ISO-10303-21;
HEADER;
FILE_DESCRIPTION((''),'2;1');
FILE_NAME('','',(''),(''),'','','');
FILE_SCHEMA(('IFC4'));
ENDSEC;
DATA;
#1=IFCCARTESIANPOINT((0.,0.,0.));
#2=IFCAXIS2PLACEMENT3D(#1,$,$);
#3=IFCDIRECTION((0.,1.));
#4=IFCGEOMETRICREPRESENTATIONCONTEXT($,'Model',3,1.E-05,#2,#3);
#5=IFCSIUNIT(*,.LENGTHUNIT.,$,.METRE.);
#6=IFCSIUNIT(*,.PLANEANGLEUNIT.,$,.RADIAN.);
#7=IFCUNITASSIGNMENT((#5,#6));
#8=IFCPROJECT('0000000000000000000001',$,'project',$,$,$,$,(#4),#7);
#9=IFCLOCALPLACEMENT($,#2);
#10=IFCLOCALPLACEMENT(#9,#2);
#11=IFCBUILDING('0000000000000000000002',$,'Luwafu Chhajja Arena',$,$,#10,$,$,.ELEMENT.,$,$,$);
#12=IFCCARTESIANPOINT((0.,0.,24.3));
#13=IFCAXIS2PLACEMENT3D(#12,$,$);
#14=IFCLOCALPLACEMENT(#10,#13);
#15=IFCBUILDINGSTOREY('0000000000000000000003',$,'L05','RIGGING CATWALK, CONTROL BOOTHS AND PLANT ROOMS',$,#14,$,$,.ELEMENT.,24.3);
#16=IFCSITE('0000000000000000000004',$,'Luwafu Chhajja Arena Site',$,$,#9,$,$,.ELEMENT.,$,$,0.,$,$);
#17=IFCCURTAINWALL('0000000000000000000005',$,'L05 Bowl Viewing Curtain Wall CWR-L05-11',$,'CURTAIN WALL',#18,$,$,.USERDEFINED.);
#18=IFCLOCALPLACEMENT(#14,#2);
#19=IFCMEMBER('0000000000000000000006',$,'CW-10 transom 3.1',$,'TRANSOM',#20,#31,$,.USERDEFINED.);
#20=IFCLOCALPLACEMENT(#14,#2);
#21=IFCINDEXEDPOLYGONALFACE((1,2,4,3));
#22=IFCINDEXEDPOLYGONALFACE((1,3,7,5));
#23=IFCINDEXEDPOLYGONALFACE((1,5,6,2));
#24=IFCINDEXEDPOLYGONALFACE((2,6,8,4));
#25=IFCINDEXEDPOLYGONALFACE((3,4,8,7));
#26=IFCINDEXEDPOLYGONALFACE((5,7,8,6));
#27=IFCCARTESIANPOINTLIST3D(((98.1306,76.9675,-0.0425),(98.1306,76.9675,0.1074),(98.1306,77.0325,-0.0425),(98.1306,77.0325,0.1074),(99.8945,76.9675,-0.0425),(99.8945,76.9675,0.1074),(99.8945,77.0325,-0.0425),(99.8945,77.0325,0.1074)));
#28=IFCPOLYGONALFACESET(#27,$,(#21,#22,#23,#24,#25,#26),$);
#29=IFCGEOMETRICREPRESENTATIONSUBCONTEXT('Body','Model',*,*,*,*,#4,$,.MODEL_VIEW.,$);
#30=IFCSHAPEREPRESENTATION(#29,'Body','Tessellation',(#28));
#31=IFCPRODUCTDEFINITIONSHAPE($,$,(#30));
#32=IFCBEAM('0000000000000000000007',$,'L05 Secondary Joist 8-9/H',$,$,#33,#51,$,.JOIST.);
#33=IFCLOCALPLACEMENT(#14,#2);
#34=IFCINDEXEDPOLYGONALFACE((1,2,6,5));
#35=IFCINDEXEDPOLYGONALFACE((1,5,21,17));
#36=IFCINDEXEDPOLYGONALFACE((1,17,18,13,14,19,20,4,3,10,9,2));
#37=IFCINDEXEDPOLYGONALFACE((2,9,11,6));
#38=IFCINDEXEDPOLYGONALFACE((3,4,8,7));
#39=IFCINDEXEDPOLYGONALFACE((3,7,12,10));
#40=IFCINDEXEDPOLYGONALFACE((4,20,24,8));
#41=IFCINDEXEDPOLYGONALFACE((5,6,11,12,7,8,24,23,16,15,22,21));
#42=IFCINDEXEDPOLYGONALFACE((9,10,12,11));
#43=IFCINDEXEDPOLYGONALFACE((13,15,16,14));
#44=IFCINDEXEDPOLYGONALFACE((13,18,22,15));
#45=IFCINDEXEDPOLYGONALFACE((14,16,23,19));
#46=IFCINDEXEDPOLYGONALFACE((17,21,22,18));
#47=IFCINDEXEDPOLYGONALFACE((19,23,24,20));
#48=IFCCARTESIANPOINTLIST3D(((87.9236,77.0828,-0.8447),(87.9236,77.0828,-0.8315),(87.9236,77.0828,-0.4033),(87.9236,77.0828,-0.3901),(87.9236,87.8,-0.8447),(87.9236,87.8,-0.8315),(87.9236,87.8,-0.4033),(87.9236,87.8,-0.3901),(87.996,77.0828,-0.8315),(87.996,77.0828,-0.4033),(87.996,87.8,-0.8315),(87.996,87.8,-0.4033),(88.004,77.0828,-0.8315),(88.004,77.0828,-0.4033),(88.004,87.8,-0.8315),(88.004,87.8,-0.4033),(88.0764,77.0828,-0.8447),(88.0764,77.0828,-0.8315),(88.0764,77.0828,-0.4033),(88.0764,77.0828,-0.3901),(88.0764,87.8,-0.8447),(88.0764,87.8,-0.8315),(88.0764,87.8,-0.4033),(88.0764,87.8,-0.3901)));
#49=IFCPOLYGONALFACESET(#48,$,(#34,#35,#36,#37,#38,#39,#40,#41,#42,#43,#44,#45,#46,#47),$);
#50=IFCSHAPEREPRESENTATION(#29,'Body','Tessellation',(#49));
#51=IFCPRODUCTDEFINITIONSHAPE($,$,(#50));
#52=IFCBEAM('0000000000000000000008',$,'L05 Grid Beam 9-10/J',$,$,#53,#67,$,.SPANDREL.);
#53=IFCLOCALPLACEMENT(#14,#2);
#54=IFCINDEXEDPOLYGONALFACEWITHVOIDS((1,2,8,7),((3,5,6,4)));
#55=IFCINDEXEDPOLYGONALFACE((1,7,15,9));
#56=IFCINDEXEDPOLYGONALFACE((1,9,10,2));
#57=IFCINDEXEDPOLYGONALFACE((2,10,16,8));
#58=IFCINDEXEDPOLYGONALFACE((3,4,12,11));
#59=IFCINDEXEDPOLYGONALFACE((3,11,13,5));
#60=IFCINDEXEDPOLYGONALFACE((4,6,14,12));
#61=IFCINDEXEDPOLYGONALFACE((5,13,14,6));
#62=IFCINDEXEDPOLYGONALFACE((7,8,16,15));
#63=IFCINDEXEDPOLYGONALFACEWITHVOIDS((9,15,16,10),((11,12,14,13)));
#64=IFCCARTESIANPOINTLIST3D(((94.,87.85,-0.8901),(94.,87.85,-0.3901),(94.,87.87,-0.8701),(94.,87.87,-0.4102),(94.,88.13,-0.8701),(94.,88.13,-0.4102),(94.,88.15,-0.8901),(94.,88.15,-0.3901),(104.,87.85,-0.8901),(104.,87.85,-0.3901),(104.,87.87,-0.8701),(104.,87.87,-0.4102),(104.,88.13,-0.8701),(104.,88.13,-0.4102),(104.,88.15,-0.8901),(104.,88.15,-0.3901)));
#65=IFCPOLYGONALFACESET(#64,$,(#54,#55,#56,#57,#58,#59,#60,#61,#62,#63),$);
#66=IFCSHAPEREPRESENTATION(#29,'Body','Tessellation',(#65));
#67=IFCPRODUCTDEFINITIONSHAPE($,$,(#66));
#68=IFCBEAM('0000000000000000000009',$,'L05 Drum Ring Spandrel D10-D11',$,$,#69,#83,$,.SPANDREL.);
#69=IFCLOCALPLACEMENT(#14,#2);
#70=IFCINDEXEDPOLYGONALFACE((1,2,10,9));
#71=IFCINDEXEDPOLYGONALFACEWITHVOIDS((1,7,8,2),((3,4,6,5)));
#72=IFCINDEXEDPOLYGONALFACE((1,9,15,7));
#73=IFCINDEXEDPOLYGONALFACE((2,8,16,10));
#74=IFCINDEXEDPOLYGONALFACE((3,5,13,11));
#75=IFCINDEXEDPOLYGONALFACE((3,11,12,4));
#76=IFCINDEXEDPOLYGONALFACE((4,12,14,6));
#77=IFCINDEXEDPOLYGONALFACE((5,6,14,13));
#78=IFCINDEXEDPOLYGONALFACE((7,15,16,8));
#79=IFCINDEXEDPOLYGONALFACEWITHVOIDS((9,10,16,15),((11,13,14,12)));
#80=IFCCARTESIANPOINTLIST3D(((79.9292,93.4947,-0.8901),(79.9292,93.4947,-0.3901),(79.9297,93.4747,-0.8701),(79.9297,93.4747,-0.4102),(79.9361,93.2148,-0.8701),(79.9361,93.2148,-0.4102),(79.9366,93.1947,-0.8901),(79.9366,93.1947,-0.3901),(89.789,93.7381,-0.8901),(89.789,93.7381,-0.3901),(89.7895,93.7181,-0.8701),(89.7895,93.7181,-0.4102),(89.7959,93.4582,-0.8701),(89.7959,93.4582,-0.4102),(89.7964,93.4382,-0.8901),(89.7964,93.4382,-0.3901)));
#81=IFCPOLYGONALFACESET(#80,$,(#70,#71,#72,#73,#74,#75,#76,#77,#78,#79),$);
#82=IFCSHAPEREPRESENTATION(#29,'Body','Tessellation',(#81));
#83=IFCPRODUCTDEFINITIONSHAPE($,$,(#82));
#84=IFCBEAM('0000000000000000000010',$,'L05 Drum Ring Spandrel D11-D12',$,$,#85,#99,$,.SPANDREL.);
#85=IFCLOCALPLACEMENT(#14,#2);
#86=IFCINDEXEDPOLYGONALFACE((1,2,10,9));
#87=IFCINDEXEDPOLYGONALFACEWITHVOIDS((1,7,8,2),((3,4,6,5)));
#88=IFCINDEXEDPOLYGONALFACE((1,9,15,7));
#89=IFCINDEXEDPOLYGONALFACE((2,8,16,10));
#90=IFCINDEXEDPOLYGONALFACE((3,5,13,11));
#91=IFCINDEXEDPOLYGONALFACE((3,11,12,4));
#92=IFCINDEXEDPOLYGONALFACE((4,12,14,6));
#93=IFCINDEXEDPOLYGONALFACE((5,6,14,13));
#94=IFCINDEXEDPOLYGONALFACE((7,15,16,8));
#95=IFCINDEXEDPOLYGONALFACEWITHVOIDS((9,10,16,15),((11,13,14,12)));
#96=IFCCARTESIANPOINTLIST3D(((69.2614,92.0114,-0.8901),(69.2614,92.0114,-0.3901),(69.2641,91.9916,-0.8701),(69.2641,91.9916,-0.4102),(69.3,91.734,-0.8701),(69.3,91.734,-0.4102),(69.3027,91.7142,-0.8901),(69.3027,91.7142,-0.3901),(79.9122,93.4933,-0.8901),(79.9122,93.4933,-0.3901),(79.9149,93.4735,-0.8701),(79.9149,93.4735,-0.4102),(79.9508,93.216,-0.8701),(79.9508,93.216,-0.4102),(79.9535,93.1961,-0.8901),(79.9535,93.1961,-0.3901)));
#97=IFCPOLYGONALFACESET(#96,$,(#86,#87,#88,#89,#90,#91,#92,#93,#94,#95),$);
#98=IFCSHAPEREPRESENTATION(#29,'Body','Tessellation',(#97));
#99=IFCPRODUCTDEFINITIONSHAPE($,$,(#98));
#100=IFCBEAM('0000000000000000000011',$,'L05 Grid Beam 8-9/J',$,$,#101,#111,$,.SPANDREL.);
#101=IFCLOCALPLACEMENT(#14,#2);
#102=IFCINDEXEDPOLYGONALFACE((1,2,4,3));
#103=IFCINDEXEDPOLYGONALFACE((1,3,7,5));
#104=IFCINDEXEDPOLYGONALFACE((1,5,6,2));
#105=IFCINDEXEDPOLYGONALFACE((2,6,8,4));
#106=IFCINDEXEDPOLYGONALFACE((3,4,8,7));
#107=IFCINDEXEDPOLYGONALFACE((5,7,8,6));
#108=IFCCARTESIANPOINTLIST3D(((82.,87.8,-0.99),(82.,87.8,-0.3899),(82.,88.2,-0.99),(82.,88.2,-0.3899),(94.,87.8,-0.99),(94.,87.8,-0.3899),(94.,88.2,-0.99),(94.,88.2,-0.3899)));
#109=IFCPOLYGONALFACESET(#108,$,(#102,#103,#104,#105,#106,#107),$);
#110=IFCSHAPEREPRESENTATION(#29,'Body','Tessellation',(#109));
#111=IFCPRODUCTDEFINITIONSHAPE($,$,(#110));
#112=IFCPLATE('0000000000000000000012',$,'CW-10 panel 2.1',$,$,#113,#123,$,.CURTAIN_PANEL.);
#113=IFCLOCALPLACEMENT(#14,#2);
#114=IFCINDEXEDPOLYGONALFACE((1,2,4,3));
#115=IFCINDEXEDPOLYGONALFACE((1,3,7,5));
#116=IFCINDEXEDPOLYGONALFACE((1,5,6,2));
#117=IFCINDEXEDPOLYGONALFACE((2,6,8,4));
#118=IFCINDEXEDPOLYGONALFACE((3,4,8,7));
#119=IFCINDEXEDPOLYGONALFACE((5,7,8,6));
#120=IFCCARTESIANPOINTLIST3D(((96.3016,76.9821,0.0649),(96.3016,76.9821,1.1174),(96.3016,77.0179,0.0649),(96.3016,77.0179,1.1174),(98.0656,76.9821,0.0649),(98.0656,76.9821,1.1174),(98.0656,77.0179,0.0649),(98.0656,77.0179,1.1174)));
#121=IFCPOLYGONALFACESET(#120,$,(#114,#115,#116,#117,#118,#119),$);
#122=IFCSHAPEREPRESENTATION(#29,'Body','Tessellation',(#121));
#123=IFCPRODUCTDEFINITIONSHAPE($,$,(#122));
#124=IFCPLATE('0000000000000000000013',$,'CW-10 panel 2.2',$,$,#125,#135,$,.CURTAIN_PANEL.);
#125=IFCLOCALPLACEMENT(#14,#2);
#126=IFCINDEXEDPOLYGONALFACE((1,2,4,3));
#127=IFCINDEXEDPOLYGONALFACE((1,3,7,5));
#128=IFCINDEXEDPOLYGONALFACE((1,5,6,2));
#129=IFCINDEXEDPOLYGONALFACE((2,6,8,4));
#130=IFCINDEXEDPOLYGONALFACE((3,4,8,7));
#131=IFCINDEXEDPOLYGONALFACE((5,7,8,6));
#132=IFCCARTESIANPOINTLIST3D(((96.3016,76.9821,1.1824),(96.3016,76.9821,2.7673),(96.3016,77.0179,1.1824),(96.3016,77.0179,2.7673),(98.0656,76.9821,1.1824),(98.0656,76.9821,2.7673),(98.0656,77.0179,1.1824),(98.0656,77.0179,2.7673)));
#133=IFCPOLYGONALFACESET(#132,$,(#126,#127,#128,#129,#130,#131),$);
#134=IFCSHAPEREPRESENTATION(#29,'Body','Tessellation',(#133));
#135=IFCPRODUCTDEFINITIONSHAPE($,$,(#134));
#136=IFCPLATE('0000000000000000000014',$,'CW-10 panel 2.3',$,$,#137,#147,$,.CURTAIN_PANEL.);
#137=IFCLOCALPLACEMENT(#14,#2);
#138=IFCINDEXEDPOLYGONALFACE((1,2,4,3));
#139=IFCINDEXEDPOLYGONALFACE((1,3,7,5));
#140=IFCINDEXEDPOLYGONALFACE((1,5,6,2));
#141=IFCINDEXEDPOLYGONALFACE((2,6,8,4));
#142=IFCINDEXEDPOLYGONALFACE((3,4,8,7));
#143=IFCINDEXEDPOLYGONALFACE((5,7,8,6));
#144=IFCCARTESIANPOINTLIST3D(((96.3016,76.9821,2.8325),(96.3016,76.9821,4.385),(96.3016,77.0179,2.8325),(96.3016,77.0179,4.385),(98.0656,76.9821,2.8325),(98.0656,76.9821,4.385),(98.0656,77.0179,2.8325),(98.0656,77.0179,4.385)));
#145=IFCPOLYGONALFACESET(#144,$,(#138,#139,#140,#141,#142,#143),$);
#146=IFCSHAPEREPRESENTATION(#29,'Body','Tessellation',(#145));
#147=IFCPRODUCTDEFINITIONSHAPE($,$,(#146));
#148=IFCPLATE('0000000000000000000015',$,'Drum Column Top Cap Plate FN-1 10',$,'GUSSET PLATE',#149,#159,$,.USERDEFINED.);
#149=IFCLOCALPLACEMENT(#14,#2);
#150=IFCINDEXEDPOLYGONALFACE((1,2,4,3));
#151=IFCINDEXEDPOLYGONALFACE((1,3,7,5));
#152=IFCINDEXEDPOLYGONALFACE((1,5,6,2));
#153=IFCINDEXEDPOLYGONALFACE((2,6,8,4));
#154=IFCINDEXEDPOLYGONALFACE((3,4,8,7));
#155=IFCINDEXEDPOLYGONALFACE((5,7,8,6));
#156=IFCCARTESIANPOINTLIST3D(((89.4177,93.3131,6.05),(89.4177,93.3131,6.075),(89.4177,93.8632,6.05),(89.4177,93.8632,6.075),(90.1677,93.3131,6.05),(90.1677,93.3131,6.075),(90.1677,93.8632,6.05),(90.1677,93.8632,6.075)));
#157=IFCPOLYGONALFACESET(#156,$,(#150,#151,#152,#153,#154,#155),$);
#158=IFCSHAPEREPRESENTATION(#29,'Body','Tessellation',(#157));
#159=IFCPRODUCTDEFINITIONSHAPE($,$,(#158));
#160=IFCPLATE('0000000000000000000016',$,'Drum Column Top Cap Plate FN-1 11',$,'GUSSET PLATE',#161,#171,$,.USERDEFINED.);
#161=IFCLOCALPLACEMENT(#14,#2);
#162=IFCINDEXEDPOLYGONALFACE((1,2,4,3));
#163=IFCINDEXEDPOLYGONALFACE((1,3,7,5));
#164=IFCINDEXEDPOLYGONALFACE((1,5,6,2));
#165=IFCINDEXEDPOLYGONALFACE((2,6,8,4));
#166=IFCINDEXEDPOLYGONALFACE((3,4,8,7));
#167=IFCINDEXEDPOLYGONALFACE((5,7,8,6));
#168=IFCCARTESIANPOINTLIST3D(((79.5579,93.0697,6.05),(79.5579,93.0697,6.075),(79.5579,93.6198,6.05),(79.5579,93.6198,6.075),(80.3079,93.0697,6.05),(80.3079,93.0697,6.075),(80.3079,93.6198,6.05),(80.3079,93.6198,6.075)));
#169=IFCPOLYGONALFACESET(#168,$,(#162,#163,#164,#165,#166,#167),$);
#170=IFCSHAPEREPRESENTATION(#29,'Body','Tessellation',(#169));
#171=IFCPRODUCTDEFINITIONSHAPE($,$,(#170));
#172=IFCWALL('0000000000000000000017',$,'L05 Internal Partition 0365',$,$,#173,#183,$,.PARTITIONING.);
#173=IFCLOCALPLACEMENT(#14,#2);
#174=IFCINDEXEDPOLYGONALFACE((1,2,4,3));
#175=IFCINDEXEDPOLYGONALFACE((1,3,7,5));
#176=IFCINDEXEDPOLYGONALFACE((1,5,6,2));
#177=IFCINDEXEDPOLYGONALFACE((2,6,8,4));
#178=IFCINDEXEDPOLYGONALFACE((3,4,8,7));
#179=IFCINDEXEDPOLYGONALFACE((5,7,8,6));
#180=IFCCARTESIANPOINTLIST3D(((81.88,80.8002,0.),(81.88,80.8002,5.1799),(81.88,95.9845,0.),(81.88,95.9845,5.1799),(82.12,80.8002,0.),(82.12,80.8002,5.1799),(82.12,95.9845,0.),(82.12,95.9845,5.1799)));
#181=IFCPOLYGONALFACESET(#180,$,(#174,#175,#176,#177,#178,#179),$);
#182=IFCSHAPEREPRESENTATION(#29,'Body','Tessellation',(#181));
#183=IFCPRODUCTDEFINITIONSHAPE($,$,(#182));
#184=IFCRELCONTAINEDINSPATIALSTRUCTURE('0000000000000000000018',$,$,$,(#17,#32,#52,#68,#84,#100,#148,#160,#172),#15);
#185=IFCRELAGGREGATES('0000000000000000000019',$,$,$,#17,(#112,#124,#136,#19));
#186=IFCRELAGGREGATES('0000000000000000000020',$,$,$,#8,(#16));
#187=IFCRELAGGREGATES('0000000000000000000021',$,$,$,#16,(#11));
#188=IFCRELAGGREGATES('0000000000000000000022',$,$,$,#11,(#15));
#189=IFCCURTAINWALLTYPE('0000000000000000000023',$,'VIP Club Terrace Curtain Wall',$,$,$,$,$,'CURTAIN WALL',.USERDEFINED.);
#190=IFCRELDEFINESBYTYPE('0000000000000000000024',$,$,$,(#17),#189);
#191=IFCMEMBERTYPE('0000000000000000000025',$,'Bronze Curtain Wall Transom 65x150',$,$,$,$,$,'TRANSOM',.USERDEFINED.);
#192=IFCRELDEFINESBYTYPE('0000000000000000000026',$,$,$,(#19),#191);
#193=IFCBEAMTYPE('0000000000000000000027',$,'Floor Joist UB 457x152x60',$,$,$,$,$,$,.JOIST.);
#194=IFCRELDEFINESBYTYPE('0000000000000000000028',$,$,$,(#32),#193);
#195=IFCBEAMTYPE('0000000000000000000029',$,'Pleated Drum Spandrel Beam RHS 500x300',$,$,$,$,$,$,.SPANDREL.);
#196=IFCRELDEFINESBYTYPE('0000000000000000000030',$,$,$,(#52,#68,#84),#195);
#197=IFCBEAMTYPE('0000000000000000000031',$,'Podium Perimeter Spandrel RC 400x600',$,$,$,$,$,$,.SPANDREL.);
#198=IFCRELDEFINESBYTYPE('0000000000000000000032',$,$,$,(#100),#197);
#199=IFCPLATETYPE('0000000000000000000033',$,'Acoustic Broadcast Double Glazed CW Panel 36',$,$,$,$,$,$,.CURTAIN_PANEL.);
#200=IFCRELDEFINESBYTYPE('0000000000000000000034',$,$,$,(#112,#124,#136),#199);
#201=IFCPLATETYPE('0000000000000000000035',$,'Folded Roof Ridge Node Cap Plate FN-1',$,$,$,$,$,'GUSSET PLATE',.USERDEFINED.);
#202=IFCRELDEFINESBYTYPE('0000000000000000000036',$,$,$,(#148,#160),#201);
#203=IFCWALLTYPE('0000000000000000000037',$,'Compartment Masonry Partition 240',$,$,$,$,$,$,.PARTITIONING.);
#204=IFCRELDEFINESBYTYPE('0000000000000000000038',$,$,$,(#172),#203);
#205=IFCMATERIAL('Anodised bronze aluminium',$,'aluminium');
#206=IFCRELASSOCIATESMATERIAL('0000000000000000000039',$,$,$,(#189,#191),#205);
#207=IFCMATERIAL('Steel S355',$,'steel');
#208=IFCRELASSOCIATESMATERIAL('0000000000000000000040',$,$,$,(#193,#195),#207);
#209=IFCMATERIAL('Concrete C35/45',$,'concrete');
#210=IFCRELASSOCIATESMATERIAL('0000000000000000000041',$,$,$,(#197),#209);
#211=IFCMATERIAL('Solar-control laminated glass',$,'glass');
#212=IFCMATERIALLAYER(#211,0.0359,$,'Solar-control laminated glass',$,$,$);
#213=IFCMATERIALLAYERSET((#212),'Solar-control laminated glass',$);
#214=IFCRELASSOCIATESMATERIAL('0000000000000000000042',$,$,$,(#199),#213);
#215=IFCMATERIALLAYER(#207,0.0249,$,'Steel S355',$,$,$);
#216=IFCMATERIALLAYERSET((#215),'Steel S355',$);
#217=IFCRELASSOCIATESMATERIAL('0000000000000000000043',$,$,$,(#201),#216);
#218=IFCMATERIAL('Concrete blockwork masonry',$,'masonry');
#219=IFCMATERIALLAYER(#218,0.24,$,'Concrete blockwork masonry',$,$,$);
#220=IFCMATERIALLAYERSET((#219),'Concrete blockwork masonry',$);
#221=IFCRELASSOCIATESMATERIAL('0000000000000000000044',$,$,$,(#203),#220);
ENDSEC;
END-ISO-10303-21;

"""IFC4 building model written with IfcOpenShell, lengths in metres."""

from ifc_helpers import new_model, si_unit, direction, frame, frame_2d, origin, origin_2d, place, context, subcontext, project, spatial, rectangle, hollow_rectangle, i_section, extrude, material, layer, layer_set, material_profile, profile_set, type_object, element, aggregate, save


model = new_model("IFC4")

# Units and contexts
model_context = context("Model", 3, precision=1e-05, world=origin(), true_north=direction((0.0, 1.0)))
body_context = subcontext(model_context, "Body", "Model", "MODEL_VIEW")
ifc_project = project(units=[si_unit("LENGTHUNIT", "METRE"), si_unit("PLANEANGLEUNIT", "RADIAN")], contexts=[model_context])

# Site, building, storey
site_placement = place(None, origin())
site = spatial("IfcSite", under=ifc_project, at=site_placement, Name="Luwafu Chhajja Arena Site", CompositionType="ELEMENT", RefElevation=0.0)
building_placement = place(site_placement, origin())
building = spatial("IfcBuilding", under=site, at=building_placement, Name="Luwafu Chhajja Arena", CompositionType="ELEMENT")
storey_placement = place(building_placement, frame((0.0, 0.0, 24.3)))
storey = spatial("IfcBuildingStorey", under=building, at=storey_placement, Name="L05", Description="RIGGING CATWALK, CONTROL BOOTHS AND PLANT ROOMS", CompositionType="ELEMENT", Elevation=24.3)

# Shared definitions
ifc_material_1 = material(Name="Concrete C35/45", Category="concrete")
ifc_material_2 = material(Name="Steel S355", Category="steel")

# Curtain wall, member
ifc_material_3 = material(Name="Anodised bronze aluminium", Category="aluminium")
curtain_wall_type = type_object("IfcCurtainWallType", Name="VIP Club Terrace Curtain Wall", ElementType="CURTAIN WALL", PredefinedType="USERDEFINED", material=ifc_material_3)
curtain_wall_placement = place(storey_placement, origin())
curtain_wall = element("IfcCurtainWall", 1, at=curtain_wall_placement, inside=storey, type_object=curtain_wall_type, Name="L05 Bowl Viewing Curtain Wall CWR-L05-11", ObjectType="CURTAIN WALL", PredefinedType="USERDEFINED")
ifc_material_profile_1 = material_profile(ifc_material_3, rectangle(XDim=0.0649, YDim=0.1499, at=origin_2d()), Name="CWT 65x150")
ifc_profile_set_1 = profile_set([ifc_material_profile_1], Name="Anodised bronze aluminium")
member_type_1 = type_object("IfcMemberType", Name="Bronze Curtain Wall Transom 65x150", ElementType="TRANSOM", PredefinedType="USERDEFINED", material=ifc_profile_set_1)
member_1_placement = place(storey_placement, frame((98.1306, 77.0, 0.0325), z_axis=(1.0, 0.0, 0.0), x_axis=(0.0, 1.0, 0.0)))
member_1 = element("IfcMember", 2, at=member_1_placement, type_object=member_type_1, Name="CW-10 transom 3.1", ObjectType="TRANSOM", PredefinedType="USERDEFINED", context=body_context, shape_type="SweptSolid", body=[
    extrude(rectangle(XDim=0.0649, YDim=0.1499, at=origin_2d()), origin(), (0.0, 0.0, 1.0), 1.7639),
])

# Beams
ifc_material_profile_2 = material_profile(ifc_material_2, i_section(OverallWidth=0.1528, OverallDepth=0.4546, WebThickness=0.0081, FlangeThickness=0.0132, at=origin_2d()), Name="UB 457x152x60")
ifc_profile_set_2 = profile_set([ifc_material_profile_2], Name="Steel S355")
beam_type_1 = type_object("IfcBeamType", Name="Floor Joist UB 457x152x60", PredefinedType="JOIST", material=ifc_profile_set_2)
beam_1_placement = place(storey_placement, frame((88.0, 77.0828, -0.6174), z_axis=(0.0, 1.0, 0.0), x_axis=(-1.0, 0.0, 0.0)))
element("IfcBeam", 3, at=beam_1_placement, inside=storey, type_object=beam_type_1, Name="L05 Secondary Joist 8-9/H", PredefinedType="JOIST", context=body_context, shape_type="SweptSolid", body=[
    extrude(i_section(OverallWidth=0.1528, OverallDepth=0.4546, WebThickness=0.0081, FlangeThickness=0.0132, at=origin_2d()), origin(), (0.0, 0.0, 1.0), 10.7173),
])
ifc_material_profile_3 = material_profile(ifc_material_2, hollow_rectangle(XDim=0.3, YDim=0.5, WallThickness=0.02, at=origin_2d()), Name="RHS 500x300x20")
ifc_profile_set_3 = profile_set([ifc_material_profile_3], Name="Steel S355")
beam_type_2 = type_object("IfcBeamType", Name="Pleated Drum Spandrel Beam RHS 500x300", PredefinedType="SPANDREL", material=ifc_profile_set_3)
beam_2_placement = place(storey_placement, frame((94.0, 88.0, -0.6401), z_axis=(1.0, 0.0, 0.0), x_axis=(0.0, 1.0, 0.0)))
element("IfcBeam", 4, at=beam_2_placement, inside=storey, type_object=beam_type_2, Name="L05 Grid Beam 9-10/J", PredefinedType="SPANDREL", context=body_context, shape_type="SweptSolid", body=[
    extrude(hollow_rectangle(XDim=0.3, YDim=0.5, WallThickness=0.02, at=origin_2d()), origin(), (0.0, 0.0, 1.0), 10.0),
])
beam_3_placement = place(storey_placement, frame((89.7927, 93.5881, -0.6401), z_axis=(-0.999695, -0.024679, 0.0), x_axis=(0.024679, -0.999695, 0.0)))
element("IfcBeam", 5, at=beam_3_placement, inside=storey, type_object=beam_type_2, Name="L05 Drum Ring Spandrel D10-D11", PredefinedType="SPANDREL", context=body_context, shape_type="SweptSolid", body=[
    extrude(hollow_rectangle(XDim=0.3, YDim=0.5, WallThickness=0.02, at=origin_2d()), origin(), (0.0, 0.0, 1.0), 9.8628),
])
beam_4_placement = place(storey_placement, frame((79.9329, 93.3447, -0.6401), z_axis=(-0.990459, -0.13781, 0.0), x_axis=(0.13781, -0.990459, 0.0)))
element("IfcBeam", 6, at=beam_4_placement, inside=storey, type_object=beam_type_2, Name="L05 Drum Ring Spandrel D11-D12", PredefinedType="SPANDREL", context=body_context, shape_type="SweptSolid", body=[
    extrude(hollow_rectangle(XDim=0.3, YDim=0.5, WallThickness=0.02, at=origin_2d()), origin(), (0.0, 0.0, 1.0), 10.7534),
])
ifc_material_profile_4 = material_profile(ifc_material_1, rectangle(XDim=0.3999, YDim=0.6001, at=origin_2d()), Name="RC 400x600")
ifc_profile_set_4 = profile_set([ifc_material_profile_4], Name="Concrete C35/45")
beam_type_3 = type_object("IfcBeamType", Name="Podium Perimeter Spandrel RC 400x600", PredefinedType="SPANDREL", material=ifc_profile_set_4)
beam_5_placement = place(storey_placement, frame((82.0, 88.0, -0.6899), z_axis=(1.0, 0.0, 0.0), x_axis=(0.0, 1.0, 0.0)))
element("IfcBeam", 7, at=beam_5_placement, inside=storey, type_object=beam_type_3, Name="L05 Grid Beam 8-9/J", PredefinedType="SPANDREL", context=body_context, shape_type="SweptSolid", body=[
    extrude(rectangle(XDim=0.3999, YDim=0.6001, at=origin_2d()), origin(), (0.0, 0.0, 1.0), 12.0),
])

# Plates
ifc_material_4 = material(Name="Solar-control laminated glass", Category="glass")
ifc_layer_1 = layer(ifc_material_4, 0.0359, Name="Solar-control laminated glass")
ifc_layer_set_1 = layer_set([ifc_layer_1], Name="Solar-control laminated glass")
plate_type_1 = type_object("IfcPlateType", Name="Acoustic Broadcast Double Glazed CW Panel 36", PredefinedType="CURTAIN_PANEL", material=ifc_layer_set_1)
plate_1_placement = place(storey_placement, frame((97.1836, 77.0, 0.0649), z_axis=(0.0, 0.0, 1.0), x_axis=(1.0, 0.0, 0.0)))
plate_1 = element("IfcPlate", 8, at=plate_1_placement, type_object=plate_type_1, Name="CW-10 panel 2.1", PredefinedType="CURTAIN_PANEL", context=body_context, shape_type="SweptSolid", body=[
    extrude(rectangle(XDim=1.7639, YDim=0.0359, at=origin_2d()), origin(), (0.0, 0.0, 1.0), 1.0525),
])
plate_2_placement = place(storey_placement, frame((97.1836, 77.0, 1.1824), z_axis=(0.0, 0.0, 1.0), x_axis=(1.0, 0.0, 0.0)))
plate_2 = element("IfcPlate", 9, at=plate_2_placement, type_object=plate_type_1, Name="CW-10 panel 2.2", PredefinedType="CURTAIN_PANEL", context=body_context, shape_type="SweptSolid", body=[
    extrude(rectangle(XDim=1.7639, YDim=0.0359, at=origin_2d()), origin(), (0.0, 0.0, 1.0), 1.585),
])
plate_3_placement = place(storey_placement, frame((97.1836, 77.0, 2.8325), z_axis=(0.0, 0.0, 1.0), x_axis=(1.0, 0.0, 0.0)))
plate_3 = element("IfcPlate", 10, at=plate_3_placement, type_object=plate_type_1, Name="CW-10 panel 2.3", PredefinedType="CURTAIN_PANEL", context=body_context, shape_type="SweptSolid", body=[
    extrude(rectangle(XDim=1.7639, YDim=0.0359, at=origin_2d()), origin(), (0.0, 0.0, 1.0), 1.5525),
])
aggregate(curtain_wall, [plate_1, plate_2, plate_3, member_1])

# Plates
ifc_layer_2 = layer(ifc_material_2, 0.0249, Name="Steel S355")
ifc_layer_set_2 = layer_set([ifc_layer_2], Name="Steel S355")
plate_type_2 = type_object("IfcPlateType", Name="Folded Roof Ridge Node Cap Plate FN-1", ElementType="GUSSET PLATE", PredefinedType="USERDEFINED", material=ifc_layer_set_2)
for number, where, z_axis, x_axis, name in (
    (11, (89.7927, 93.5881, 6.05), (0.0, 0.0, 1.0), (1.0, 0.0, 0.0), "Drum Column Top Cap Plate FN-1 10"),
    (12, (79.9329, 93.3447, 6.05), (0.0, 0.0, 1.0), (1.0, 0.0, 0.0), "Drum Column Top Cap Plate FN-1 11"),
):
    element("IfcPlate", number, at=place(storey_placement, frame(where, z_axis=z_axis, x_axis=x_axis)), inside=storey, type_object=plate_type_2, Name=name, ObjectType="GUSSET PLATE", PredefinedType="USERDEFINED", context=body_context, shape_type="SweptSolid", body=[
        extrude(rectangle(XDim=0.75, YDim=0.55, at=origin_2d()), origin(), (0.0, 0.0, 1.0), 0.0249),
    ])

# Wall
ifc_material_5 = material(Name="Concrete blockwork masonry", Category="masonry")
ifc_layer_3 = layer(ifc_material_5, 0.24, Name="Concrete blockwork masonry")
ifc_layer_set_3 = layer_set([ifc_layer_3], Name="Concrete blockwork masonry")
wall_type_1 = type_object("IfcWallType", Name="Compartment Masonry Partition 240", PredefinedType="PARTITIONING", material=ifc_layer_set_3)
wall_1_placement = place(storey_placement, frame((82.0, 80.8, 0.0), z_axis=(0.0, 0.0, 1.0), x_axis=(0.0, 1.0, 0.0)))
element("IfcWall", 13, at=wall_1_placement, inside=storey, type_object=wall_type_1, Name="L05 Internal Partition 0365", PredefinedType="PARTITIONING", context=body_context, shape_type="SweptSolid", body=[
    extrude(rectangle(XDim=15.1843, YDim=0.24, at=frame_2d((7.5923, 0.0))), origin(), (0.0, 0.0, 1.0), 5.1799),
])

save(model, "model.ifc")
